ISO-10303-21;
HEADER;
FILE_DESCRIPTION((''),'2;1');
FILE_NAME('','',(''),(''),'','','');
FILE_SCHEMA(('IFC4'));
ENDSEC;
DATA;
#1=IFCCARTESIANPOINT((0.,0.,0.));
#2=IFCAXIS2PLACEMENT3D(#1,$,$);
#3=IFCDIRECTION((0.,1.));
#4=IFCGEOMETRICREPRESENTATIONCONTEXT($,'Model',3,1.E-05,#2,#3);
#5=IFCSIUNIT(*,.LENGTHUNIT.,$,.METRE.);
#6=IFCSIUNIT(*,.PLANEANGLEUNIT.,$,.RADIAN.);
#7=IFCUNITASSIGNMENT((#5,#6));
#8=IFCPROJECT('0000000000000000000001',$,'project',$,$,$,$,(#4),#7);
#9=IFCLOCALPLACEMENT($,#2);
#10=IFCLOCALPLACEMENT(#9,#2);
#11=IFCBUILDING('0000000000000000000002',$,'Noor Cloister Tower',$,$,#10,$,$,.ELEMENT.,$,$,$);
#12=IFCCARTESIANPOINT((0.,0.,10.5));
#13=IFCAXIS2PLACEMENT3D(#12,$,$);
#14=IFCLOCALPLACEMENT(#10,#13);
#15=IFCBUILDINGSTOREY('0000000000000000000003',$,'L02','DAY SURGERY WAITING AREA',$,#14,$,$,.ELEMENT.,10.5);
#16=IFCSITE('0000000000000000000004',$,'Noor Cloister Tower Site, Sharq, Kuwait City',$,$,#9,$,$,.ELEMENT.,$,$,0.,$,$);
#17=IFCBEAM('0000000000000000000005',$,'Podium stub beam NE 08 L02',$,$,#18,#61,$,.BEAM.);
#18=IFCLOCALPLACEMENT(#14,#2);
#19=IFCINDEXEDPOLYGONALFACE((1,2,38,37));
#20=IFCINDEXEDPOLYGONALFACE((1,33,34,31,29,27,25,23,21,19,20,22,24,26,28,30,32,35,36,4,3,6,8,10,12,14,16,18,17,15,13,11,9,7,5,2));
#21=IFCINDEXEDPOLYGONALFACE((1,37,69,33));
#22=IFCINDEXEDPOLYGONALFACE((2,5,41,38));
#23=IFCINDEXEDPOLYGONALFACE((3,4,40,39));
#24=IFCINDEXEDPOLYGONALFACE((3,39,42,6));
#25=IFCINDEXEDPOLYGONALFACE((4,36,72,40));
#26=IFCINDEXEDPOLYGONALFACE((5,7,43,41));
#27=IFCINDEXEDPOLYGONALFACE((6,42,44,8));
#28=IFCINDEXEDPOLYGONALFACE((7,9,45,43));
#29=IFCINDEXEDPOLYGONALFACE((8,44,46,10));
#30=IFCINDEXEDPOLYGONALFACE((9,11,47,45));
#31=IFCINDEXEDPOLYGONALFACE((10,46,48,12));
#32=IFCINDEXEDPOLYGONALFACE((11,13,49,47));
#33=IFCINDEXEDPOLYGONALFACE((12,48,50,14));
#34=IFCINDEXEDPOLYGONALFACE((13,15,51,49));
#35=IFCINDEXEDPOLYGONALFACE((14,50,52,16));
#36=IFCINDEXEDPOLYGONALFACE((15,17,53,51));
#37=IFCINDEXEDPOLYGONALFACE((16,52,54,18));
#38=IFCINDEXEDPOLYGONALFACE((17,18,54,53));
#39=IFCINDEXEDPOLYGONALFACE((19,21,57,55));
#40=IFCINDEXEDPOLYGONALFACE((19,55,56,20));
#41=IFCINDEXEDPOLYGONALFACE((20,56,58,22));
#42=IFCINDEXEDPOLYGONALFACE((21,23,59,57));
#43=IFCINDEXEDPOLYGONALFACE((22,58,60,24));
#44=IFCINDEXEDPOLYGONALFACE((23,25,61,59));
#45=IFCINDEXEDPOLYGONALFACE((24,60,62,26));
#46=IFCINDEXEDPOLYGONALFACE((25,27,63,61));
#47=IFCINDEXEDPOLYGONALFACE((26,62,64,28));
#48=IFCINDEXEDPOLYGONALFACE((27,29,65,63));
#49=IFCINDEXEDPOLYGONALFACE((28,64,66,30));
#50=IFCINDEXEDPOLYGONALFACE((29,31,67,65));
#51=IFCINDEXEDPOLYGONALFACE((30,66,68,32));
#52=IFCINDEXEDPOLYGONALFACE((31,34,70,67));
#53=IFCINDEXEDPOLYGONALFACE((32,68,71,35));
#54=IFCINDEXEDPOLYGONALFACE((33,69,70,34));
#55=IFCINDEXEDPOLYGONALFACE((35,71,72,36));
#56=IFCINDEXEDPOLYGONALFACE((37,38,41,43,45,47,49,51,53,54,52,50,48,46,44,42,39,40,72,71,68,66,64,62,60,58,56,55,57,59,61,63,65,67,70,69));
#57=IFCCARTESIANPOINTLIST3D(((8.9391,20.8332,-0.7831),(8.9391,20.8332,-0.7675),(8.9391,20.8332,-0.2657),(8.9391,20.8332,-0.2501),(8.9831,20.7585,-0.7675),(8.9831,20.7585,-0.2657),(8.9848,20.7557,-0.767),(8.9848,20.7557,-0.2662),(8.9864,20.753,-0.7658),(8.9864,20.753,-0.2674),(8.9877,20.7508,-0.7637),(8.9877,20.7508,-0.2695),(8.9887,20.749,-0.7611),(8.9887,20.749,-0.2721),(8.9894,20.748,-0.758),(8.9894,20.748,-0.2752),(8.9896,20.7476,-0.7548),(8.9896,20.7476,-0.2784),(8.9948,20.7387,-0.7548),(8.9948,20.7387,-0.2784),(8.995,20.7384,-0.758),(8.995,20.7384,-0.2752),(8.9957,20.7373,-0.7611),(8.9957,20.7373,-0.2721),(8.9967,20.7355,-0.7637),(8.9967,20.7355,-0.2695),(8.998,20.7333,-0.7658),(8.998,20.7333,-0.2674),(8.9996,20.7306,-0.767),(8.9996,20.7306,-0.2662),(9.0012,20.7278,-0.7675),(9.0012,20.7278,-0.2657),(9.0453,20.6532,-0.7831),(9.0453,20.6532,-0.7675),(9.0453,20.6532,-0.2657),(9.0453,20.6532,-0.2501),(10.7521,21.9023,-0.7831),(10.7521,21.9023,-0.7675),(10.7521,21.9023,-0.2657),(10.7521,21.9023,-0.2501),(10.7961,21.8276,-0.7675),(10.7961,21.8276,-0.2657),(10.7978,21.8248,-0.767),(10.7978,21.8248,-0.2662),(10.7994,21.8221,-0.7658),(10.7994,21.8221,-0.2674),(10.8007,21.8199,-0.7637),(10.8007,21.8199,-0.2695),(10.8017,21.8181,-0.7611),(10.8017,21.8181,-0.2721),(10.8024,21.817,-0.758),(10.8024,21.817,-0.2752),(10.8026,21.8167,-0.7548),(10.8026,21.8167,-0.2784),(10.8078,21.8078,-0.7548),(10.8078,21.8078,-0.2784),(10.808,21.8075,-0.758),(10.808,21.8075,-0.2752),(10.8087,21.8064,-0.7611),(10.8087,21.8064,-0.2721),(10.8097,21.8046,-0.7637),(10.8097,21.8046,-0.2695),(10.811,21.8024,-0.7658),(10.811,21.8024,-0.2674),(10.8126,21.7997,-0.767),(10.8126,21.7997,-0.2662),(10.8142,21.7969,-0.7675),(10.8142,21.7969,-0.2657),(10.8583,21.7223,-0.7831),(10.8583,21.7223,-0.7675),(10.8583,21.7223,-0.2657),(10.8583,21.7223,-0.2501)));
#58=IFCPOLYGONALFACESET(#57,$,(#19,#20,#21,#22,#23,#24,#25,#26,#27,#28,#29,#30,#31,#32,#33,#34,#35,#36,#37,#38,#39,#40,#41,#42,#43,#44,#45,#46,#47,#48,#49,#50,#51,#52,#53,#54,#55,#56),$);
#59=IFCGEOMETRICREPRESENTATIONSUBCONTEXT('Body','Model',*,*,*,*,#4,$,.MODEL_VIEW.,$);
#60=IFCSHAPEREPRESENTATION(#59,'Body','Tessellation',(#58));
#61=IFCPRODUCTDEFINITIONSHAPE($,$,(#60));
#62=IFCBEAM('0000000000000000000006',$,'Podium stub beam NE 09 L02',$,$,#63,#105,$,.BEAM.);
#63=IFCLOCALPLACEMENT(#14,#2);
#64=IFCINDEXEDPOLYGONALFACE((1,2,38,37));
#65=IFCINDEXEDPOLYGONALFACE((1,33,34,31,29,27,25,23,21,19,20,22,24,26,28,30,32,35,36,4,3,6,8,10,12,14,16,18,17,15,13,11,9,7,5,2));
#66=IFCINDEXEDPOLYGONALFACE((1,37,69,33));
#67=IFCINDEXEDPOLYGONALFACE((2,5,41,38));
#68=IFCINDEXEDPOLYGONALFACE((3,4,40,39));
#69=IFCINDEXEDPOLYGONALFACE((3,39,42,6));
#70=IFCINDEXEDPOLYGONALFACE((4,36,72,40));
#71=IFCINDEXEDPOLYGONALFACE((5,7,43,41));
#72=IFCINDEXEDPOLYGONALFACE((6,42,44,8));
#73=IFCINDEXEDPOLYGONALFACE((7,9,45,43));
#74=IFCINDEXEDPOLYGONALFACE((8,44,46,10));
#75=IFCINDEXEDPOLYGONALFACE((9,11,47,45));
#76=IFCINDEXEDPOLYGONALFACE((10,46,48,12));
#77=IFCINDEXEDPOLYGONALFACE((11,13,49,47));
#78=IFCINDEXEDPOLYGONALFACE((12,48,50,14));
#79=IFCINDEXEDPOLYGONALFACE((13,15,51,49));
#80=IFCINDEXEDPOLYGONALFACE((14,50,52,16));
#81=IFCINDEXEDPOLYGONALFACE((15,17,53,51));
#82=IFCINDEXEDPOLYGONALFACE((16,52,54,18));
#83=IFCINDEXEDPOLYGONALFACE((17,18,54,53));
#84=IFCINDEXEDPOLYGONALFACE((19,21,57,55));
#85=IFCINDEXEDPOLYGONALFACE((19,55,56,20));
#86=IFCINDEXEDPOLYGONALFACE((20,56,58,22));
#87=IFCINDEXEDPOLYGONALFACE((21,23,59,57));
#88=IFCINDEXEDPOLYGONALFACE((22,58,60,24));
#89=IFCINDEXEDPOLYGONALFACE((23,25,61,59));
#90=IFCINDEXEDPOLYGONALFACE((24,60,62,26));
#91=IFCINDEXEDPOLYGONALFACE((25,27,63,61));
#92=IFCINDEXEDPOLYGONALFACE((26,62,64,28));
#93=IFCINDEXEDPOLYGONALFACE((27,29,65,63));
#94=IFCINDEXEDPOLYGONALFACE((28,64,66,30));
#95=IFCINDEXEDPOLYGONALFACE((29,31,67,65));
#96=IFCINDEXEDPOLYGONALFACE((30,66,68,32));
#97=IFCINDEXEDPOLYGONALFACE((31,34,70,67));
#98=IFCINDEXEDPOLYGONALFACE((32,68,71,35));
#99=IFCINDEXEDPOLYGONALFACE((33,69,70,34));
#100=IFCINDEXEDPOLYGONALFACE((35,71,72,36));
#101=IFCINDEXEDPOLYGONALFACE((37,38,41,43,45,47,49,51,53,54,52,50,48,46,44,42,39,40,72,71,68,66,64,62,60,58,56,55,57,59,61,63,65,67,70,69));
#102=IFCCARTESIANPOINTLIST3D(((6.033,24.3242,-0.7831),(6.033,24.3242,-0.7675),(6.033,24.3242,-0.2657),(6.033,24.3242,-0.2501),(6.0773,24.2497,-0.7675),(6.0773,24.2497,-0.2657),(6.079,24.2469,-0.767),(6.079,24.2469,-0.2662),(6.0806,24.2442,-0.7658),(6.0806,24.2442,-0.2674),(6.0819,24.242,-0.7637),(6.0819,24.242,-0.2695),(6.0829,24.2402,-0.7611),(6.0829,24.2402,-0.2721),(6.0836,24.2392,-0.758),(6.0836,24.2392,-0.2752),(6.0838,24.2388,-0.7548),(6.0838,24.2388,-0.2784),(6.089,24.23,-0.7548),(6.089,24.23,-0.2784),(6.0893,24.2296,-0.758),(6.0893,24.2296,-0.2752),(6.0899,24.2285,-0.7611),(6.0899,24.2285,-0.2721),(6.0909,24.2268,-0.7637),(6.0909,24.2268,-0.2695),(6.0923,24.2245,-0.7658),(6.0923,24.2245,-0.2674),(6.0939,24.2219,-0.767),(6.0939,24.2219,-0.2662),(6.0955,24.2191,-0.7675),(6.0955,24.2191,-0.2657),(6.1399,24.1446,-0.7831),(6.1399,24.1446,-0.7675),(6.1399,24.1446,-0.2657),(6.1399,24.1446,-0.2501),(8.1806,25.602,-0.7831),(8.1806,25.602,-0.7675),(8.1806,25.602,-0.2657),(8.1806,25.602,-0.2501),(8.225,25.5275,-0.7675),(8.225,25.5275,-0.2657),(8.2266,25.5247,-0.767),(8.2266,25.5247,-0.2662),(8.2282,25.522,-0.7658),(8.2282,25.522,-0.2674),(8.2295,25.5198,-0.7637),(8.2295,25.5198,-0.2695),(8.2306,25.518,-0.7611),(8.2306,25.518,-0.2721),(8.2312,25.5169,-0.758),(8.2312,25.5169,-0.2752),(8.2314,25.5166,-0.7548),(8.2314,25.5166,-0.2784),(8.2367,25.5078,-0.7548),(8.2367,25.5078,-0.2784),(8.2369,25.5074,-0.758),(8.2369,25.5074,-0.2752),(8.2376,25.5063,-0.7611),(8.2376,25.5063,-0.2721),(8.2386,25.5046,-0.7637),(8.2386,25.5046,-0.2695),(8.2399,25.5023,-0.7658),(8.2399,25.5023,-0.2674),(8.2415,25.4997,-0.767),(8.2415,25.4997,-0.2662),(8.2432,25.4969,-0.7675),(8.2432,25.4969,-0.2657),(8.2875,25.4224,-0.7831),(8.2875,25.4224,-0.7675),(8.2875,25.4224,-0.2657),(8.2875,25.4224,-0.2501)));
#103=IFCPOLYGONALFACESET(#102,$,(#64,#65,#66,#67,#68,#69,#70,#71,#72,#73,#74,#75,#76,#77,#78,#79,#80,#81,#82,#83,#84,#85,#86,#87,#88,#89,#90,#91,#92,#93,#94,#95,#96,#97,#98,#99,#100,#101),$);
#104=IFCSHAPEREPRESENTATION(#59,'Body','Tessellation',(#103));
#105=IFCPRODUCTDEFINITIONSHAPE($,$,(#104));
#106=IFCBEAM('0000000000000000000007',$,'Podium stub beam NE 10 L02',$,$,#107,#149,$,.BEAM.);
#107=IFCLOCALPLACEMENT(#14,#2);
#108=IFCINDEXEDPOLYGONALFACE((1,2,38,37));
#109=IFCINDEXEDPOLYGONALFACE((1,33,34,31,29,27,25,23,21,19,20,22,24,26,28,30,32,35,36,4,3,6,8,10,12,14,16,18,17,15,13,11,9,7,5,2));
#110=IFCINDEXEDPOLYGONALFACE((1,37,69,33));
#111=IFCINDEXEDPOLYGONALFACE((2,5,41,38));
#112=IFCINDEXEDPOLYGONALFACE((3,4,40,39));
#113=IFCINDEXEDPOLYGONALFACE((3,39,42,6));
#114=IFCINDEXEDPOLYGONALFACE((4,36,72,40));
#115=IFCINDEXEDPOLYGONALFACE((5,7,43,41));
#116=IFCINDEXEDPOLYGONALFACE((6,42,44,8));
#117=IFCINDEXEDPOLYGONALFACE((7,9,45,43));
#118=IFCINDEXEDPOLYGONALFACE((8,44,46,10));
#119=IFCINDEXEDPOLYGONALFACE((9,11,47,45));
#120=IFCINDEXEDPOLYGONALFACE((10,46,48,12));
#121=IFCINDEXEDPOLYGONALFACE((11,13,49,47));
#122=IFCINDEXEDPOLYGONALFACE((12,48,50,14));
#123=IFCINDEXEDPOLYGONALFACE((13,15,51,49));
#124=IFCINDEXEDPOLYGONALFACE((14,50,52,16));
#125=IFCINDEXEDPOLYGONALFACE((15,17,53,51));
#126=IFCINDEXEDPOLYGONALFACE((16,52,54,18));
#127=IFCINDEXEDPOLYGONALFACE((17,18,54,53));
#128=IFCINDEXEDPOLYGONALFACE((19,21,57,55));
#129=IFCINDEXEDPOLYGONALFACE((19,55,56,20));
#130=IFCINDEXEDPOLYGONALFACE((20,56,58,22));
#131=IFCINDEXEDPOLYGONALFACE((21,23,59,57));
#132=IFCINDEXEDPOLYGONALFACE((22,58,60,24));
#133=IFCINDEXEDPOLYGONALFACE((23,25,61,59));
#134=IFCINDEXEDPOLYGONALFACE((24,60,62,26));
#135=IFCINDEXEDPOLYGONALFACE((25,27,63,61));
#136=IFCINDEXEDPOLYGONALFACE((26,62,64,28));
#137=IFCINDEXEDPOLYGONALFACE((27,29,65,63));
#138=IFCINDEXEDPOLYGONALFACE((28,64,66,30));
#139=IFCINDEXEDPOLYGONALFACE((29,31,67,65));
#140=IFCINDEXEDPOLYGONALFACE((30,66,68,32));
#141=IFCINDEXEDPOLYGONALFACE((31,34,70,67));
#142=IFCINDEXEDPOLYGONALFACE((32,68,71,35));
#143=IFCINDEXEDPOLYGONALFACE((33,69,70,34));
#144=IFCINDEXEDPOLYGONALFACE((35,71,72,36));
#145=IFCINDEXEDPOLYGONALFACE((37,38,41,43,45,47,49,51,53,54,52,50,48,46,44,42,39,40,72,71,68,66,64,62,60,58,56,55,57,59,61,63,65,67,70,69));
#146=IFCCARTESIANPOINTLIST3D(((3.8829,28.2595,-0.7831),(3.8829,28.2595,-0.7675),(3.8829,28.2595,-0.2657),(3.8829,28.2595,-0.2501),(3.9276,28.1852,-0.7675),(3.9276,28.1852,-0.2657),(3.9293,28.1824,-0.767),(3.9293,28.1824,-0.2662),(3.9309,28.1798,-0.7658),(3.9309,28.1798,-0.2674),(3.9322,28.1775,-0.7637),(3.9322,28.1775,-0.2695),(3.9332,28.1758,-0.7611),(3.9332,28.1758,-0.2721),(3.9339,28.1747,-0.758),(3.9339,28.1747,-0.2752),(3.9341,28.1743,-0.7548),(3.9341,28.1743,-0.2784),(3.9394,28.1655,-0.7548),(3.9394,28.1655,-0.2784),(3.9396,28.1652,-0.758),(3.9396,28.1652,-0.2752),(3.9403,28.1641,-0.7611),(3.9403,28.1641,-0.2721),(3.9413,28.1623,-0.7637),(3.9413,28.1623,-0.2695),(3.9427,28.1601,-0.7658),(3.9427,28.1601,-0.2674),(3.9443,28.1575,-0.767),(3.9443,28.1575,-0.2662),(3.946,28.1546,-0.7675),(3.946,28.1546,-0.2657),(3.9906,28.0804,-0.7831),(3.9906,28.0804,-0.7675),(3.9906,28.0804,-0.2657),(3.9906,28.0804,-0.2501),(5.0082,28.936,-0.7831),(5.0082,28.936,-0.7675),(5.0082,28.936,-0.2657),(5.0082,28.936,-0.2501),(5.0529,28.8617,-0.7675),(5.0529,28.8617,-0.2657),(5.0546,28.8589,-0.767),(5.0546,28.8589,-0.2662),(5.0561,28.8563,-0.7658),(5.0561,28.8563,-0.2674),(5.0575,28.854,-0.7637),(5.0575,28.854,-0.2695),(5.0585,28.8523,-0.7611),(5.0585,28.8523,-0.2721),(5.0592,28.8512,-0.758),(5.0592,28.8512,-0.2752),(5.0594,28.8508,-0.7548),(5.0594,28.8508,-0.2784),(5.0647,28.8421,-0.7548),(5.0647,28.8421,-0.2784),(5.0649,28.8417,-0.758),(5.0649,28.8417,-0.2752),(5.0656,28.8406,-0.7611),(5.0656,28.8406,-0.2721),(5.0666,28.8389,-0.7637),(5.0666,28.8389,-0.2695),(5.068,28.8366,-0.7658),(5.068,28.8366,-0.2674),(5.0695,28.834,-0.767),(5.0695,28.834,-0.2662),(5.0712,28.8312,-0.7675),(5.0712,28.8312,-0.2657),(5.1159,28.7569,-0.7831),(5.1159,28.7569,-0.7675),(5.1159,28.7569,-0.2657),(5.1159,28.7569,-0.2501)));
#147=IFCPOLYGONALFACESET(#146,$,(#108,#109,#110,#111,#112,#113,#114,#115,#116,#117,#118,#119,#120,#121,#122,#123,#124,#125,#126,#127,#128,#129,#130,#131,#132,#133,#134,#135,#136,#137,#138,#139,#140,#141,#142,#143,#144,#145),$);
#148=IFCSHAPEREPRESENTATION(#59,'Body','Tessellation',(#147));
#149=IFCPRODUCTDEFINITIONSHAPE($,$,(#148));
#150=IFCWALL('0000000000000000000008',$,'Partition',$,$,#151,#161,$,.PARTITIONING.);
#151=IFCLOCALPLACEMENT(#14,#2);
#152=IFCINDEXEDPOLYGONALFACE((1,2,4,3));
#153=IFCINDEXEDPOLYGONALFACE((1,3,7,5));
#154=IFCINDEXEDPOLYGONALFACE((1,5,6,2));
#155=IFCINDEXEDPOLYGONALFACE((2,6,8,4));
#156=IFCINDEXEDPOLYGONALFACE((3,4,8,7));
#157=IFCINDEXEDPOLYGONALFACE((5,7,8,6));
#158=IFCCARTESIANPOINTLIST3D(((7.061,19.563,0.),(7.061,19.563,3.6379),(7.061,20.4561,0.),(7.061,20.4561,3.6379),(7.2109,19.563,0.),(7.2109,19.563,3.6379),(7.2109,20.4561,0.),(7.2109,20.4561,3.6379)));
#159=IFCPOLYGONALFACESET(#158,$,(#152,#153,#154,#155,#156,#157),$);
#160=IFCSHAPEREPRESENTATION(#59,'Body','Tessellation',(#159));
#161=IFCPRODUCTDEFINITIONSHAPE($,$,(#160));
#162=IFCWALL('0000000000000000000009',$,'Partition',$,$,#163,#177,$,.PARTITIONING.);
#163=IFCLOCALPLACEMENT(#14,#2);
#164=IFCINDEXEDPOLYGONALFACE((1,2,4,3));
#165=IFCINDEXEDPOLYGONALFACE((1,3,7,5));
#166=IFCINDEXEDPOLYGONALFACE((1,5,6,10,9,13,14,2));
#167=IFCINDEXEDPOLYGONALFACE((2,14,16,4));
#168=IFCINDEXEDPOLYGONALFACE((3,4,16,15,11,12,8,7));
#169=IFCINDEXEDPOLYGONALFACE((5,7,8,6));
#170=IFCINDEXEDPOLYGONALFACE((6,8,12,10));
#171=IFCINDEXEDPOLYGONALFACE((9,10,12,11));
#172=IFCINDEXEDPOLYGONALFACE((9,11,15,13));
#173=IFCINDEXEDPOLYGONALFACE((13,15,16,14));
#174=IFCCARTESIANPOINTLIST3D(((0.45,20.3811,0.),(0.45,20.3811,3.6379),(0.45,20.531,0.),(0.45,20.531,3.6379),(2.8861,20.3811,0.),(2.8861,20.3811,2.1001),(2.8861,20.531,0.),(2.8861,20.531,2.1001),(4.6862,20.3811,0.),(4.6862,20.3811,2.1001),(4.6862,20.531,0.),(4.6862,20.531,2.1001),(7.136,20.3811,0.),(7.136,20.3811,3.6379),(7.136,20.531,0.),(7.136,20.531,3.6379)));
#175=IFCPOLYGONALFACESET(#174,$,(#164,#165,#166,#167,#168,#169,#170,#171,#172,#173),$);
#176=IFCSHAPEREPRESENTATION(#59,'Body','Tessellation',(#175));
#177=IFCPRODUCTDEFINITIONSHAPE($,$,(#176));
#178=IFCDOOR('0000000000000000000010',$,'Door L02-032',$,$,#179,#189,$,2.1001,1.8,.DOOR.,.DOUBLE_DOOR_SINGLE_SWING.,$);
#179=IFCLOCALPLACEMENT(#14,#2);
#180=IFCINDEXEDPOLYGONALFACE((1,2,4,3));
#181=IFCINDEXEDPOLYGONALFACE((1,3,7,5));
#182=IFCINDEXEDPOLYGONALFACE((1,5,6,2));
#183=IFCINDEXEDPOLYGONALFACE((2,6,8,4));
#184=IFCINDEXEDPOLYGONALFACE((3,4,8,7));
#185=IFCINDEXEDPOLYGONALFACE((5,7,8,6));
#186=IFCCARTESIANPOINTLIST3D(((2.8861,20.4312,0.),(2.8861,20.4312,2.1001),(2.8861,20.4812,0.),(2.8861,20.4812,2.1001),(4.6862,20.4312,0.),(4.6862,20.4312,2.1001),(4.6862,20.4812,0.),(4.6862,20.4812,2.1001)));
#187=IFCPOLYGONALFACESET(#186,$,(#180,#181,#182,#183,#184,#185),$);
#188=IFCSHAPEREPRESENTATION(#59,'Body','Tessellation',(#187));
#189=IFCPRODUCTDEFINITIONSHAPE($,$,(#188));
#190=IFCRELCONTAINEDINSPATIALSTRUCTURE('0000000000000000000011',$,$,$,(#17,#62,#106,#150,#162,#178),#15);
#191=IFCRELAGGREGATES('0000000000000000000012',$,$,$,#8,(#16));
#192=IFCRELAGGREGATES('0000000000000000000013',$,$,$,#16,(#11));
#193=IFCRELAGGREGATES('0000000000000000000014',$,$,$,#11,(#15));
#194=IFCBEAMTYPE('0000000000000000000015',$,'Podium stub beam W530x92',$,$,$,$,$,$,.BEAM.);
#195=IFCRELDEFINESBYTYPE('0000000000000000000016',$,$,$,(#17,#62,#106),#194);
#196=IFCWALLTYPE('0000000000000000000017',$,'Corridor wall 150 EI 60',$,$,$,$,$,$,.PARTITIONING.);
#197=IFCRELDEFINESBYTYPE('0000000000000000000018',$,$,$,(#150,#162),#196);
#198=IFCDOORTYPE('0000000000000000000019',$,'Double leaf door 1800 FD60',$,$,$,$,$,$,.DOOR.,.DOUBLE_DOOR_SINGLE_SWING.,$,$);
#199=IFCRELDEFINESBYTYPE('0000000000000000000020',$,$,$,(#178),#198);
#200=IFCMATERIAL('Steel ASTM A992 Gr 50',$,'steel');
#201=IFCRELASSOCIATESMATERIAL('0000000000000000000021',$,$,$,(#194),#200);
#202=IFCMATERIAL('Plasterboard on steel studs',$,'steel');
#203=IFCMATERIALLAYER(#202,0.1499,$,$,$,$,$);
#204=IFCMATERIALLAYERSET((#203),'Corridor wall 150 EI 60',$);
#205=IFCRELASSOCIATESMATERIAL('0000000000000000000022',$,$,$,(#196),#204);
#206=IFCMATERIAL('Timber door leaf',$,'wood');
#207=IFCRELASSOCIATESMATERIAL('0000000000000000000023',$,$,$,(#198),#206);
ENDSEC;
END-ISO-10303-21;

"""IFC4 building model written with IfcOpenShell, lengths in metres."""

from ifc_helpers import new_model, si_unit, direction, frame, frame_2d, origin, origin_2d, place, context, subcontext, project, spatial, rectangle, i_section, extrude, material, layer, layer_set, material_profile, profile_set, type_object, element, fill, save


model = new_model("IFC4")

# Units and contexts
model_context = context("Model", 3, precision=1e-05, world=origin(), true_north=direction((0.0, 1.0)))
body_context = subcontext(model_context, "Body", "Model", "MODEL_VIEW")
ifc_project = project(units=[si_unit("LENGTHUNIT", "METRE"), si_unit("PLANEANGLEUNIT", "RADIAN")], contexts=[model_context])

# Site, building, storey
site_placement = place(None, origin())
site = spatial("IfcSite", under=ifc_project, at=site_placement, Name="Noor Cloister Tower Site, Sharq, Kuwait City", CompositionType="ELEMENT", RefElevation=0.0)
building_placement = place(site_placement, origin())
building = spatial("IfcBuilding", under=site, at=building_placement, Name="Noor Cloister Tower", CompositionType="ELEMENT")
storey_placement = place(building_placement, frame((0.0, 0.0, 10.5)))
storey = spatial("IfcBuildingStorey", under=building, at=storey_placement, Name="L02", Description="DAY SURGERY WAITING AREA", CompositionType="ELEMENT", Elevation=10.5)

# Beams
ifc_material_1 = material(Name="Steel ASTM A992 Gr 50", Category="steel")
ifc_material_profile_1 = material_profile(ifc_material_1, i_section(OverallWidth=0.209, OverallDepth=0.533, WebThickness=0.0103, FlangeThickness=0.0156, FilletRadius=0.0127, at=origin_2d()), Name="W530x92")
ifc_profile_set_1 = profile_set([ifc_material_profile_1], Name="Steel ASTM A992 Gr 50")
beam_type_1 = type_object("IfcBeamType", Name="Podium stub beam W530x92", PredefinedType="BEAM", material=ifc_profile_set_1)
beam_1_placement = place(storey_placement, frame((8.9922, 20.7432, -0.5166), z_axis=(0.861388, 0.507948, 0.0), x_axis=(-0.507948, 0.861388, 0.0)))
element("IfcBeam", 1, at=beam_1_placement, inside=storey, type_object=beam_type_1, Name="Podium stub beam NE 08 L02", PredefinedType="BEAM", context=body_context, shape_type="SweptSolid", body=[
    extrude(i_section(OverallWidth=0.209, OverallDepth=0.533, WebThickness=0.0103, FlangeThickness=0.0156, FilletRadius=0.0127, at=origin_2d()), origin(), (0.0, 0.0, 1.0), 2.1047),
])
beam_2_placement = place(storey_placement, frame((6.0864, 24.2344, -0.5166), z_axis=(0.859392, 0.511317, 0.0), x_axis=(-0.511317, 0.859392, 0.0)))
element("IfcBeam", 2, at=beam_2_placement, inside=storey, type_object=beam_type_1, Name="Podium stub beam NE 09 L02", PredefinedType="BEAM", context=body_context, shape_type="SweptSolid", body=[
    extrude(i_section(OverallWidth=0.209, OverallDepth=0.533, WebThickness=0.0103, FlangeThickness=0.0156, FilletRadius=0.0127, at=origin_2d()), origin(), (0.0, 0.0, 1.0), 2.499),
])
beam_3_placement = place(storey_placement, frame((3.9368, 28.1699, -0.5166), z_axis=(0.857033, 0.515261, 0.0), x_axis=(-0.515261, 0.857033, 0.0)))
element("IfcBeam", 3, at=beam_3_placement, inside=storey, type_object=beam_type_1, Name="Podium stub beam NE 10 L02", PredefinedType="BEAM", context=body_context, shape_type="SweptSolid", body=[
    extrude(i_section(OverallWidth=0.209, OverallDepth=0.533, WebThickness=0.0103, FlangeThickness=0.0156, FilletRadius=0.0127, at=origin_2d()), origin(), (0.0, 0.0, 1.0), 1.313),
])

# Wall
ifc_material_2 = material(Name="Plasterboard on steel studs", Category="steel")
ifc_layer_1 = layer(ifc_material_2, 0.1499)
ifc_layer_set_1 = layer_set([ifc_layer_1], Name="Corridor wall 150 EI 60")
wall_type_1 = type_object("IfcWallType", Name="Corridor wall 150 EI 60", PredefinedType="PARTITIONING", material=ifc_layer_set_1)
wall_1_placement = place(storey_placement, frame((7.136, 19.563, 0.0), z_axis=(0.0, 0.0, 1.0), x_axis=(0.0, 1.0, 0.0)))
element("IfcWall", 4, at=wall_1_placement, inside=storey, type_object=wall_type_1, Name="Partition", PredefinedType="PARTITIONING", context=body_context, shape_type="SweptSolid", body=[
    extrude(rectangle(XDim=0.8931, YDim=0.1499, at=frame_2d((0.4465, 0.0))), origin(), (0.0, 0.0, 1.0), 3.6379),
])

# Wall, opening, door
wall_2_placement = place(storey_placement, frame((7.136, 20.4561, 0.0), z_axis=(0.0, 0.0, 1.0), x_axis=(-1.0, 0.0, 0.0)))
wall_2 = element("IfcWall", 5, at=wall_2_placement, inside=storey, type_object=wall_type_1, Name="Partition", PredefinedType="PARTITIONING", context=body_context, shape_type="SweptSolid", body=[
    extrude(rectangle(XDim=6.686, YDim=0.1499, at=frame_2d((3.343, 0.0))), origin(), (0.0, 0.0, 1.0), 3.6379),
])
opening_1_placement = place(wall_2_placement, frame((2.45, 0.0, 0.0)))
opening_1 = element("IfcOpeningElement", 6, at=opening_1_placement, cuts=wall_2, PredefinedType="OPENING", context=body_context, shape_type="SweptSolid", body=[
    extrude(rectangle(XDim=1.8, YDim=2.1001, at=frame_2d((0.8999, 1.05))), frame((0.0, 0.085, 0.0), z_axis=(0.0, -1.0, 0.0), x_axis=(1.0, 0.0, 0.0)), (0.0, 0.0, 1.0), 0.1699),
])
ifc_material_3 = material(Name="Timber door leaf", Category="wood")
door_type = type_object("IfcDoorType", Name="Double leaf door 1800 FD60", OperationType="DOUBLE_DOOR_SINGLE_SWING", PredefinedType="DOOR", material=ifc_material_3)
door_placement = place(opening_1_placement, origin())
door = element("IfcDoor", 7, at=door_placement, inside=storey, type_object=door_type, Name="Door L02-032", OperationType="DOUBLE_DOOR_SINGLE_SWING", OverallHeight=2.1001, OverallWidth=1.8, PredefinedType="DOOR", context=body_context, shape_type="SweptSolid", body=[
    extrude(rectangle(XDim=1.8, YDim=2.1001, at=frame_2d((0.8999, 1.05))), frame((0.0, 0.0249, 0.0), z_axis=(0.0, -1.0, 0.0), x_axis=(1.0, 0.0, 0.0)), (0.0, 0.0, 1.0), 0.05),
])
fill(opening_1, door)

save(model, "model.ifc")
